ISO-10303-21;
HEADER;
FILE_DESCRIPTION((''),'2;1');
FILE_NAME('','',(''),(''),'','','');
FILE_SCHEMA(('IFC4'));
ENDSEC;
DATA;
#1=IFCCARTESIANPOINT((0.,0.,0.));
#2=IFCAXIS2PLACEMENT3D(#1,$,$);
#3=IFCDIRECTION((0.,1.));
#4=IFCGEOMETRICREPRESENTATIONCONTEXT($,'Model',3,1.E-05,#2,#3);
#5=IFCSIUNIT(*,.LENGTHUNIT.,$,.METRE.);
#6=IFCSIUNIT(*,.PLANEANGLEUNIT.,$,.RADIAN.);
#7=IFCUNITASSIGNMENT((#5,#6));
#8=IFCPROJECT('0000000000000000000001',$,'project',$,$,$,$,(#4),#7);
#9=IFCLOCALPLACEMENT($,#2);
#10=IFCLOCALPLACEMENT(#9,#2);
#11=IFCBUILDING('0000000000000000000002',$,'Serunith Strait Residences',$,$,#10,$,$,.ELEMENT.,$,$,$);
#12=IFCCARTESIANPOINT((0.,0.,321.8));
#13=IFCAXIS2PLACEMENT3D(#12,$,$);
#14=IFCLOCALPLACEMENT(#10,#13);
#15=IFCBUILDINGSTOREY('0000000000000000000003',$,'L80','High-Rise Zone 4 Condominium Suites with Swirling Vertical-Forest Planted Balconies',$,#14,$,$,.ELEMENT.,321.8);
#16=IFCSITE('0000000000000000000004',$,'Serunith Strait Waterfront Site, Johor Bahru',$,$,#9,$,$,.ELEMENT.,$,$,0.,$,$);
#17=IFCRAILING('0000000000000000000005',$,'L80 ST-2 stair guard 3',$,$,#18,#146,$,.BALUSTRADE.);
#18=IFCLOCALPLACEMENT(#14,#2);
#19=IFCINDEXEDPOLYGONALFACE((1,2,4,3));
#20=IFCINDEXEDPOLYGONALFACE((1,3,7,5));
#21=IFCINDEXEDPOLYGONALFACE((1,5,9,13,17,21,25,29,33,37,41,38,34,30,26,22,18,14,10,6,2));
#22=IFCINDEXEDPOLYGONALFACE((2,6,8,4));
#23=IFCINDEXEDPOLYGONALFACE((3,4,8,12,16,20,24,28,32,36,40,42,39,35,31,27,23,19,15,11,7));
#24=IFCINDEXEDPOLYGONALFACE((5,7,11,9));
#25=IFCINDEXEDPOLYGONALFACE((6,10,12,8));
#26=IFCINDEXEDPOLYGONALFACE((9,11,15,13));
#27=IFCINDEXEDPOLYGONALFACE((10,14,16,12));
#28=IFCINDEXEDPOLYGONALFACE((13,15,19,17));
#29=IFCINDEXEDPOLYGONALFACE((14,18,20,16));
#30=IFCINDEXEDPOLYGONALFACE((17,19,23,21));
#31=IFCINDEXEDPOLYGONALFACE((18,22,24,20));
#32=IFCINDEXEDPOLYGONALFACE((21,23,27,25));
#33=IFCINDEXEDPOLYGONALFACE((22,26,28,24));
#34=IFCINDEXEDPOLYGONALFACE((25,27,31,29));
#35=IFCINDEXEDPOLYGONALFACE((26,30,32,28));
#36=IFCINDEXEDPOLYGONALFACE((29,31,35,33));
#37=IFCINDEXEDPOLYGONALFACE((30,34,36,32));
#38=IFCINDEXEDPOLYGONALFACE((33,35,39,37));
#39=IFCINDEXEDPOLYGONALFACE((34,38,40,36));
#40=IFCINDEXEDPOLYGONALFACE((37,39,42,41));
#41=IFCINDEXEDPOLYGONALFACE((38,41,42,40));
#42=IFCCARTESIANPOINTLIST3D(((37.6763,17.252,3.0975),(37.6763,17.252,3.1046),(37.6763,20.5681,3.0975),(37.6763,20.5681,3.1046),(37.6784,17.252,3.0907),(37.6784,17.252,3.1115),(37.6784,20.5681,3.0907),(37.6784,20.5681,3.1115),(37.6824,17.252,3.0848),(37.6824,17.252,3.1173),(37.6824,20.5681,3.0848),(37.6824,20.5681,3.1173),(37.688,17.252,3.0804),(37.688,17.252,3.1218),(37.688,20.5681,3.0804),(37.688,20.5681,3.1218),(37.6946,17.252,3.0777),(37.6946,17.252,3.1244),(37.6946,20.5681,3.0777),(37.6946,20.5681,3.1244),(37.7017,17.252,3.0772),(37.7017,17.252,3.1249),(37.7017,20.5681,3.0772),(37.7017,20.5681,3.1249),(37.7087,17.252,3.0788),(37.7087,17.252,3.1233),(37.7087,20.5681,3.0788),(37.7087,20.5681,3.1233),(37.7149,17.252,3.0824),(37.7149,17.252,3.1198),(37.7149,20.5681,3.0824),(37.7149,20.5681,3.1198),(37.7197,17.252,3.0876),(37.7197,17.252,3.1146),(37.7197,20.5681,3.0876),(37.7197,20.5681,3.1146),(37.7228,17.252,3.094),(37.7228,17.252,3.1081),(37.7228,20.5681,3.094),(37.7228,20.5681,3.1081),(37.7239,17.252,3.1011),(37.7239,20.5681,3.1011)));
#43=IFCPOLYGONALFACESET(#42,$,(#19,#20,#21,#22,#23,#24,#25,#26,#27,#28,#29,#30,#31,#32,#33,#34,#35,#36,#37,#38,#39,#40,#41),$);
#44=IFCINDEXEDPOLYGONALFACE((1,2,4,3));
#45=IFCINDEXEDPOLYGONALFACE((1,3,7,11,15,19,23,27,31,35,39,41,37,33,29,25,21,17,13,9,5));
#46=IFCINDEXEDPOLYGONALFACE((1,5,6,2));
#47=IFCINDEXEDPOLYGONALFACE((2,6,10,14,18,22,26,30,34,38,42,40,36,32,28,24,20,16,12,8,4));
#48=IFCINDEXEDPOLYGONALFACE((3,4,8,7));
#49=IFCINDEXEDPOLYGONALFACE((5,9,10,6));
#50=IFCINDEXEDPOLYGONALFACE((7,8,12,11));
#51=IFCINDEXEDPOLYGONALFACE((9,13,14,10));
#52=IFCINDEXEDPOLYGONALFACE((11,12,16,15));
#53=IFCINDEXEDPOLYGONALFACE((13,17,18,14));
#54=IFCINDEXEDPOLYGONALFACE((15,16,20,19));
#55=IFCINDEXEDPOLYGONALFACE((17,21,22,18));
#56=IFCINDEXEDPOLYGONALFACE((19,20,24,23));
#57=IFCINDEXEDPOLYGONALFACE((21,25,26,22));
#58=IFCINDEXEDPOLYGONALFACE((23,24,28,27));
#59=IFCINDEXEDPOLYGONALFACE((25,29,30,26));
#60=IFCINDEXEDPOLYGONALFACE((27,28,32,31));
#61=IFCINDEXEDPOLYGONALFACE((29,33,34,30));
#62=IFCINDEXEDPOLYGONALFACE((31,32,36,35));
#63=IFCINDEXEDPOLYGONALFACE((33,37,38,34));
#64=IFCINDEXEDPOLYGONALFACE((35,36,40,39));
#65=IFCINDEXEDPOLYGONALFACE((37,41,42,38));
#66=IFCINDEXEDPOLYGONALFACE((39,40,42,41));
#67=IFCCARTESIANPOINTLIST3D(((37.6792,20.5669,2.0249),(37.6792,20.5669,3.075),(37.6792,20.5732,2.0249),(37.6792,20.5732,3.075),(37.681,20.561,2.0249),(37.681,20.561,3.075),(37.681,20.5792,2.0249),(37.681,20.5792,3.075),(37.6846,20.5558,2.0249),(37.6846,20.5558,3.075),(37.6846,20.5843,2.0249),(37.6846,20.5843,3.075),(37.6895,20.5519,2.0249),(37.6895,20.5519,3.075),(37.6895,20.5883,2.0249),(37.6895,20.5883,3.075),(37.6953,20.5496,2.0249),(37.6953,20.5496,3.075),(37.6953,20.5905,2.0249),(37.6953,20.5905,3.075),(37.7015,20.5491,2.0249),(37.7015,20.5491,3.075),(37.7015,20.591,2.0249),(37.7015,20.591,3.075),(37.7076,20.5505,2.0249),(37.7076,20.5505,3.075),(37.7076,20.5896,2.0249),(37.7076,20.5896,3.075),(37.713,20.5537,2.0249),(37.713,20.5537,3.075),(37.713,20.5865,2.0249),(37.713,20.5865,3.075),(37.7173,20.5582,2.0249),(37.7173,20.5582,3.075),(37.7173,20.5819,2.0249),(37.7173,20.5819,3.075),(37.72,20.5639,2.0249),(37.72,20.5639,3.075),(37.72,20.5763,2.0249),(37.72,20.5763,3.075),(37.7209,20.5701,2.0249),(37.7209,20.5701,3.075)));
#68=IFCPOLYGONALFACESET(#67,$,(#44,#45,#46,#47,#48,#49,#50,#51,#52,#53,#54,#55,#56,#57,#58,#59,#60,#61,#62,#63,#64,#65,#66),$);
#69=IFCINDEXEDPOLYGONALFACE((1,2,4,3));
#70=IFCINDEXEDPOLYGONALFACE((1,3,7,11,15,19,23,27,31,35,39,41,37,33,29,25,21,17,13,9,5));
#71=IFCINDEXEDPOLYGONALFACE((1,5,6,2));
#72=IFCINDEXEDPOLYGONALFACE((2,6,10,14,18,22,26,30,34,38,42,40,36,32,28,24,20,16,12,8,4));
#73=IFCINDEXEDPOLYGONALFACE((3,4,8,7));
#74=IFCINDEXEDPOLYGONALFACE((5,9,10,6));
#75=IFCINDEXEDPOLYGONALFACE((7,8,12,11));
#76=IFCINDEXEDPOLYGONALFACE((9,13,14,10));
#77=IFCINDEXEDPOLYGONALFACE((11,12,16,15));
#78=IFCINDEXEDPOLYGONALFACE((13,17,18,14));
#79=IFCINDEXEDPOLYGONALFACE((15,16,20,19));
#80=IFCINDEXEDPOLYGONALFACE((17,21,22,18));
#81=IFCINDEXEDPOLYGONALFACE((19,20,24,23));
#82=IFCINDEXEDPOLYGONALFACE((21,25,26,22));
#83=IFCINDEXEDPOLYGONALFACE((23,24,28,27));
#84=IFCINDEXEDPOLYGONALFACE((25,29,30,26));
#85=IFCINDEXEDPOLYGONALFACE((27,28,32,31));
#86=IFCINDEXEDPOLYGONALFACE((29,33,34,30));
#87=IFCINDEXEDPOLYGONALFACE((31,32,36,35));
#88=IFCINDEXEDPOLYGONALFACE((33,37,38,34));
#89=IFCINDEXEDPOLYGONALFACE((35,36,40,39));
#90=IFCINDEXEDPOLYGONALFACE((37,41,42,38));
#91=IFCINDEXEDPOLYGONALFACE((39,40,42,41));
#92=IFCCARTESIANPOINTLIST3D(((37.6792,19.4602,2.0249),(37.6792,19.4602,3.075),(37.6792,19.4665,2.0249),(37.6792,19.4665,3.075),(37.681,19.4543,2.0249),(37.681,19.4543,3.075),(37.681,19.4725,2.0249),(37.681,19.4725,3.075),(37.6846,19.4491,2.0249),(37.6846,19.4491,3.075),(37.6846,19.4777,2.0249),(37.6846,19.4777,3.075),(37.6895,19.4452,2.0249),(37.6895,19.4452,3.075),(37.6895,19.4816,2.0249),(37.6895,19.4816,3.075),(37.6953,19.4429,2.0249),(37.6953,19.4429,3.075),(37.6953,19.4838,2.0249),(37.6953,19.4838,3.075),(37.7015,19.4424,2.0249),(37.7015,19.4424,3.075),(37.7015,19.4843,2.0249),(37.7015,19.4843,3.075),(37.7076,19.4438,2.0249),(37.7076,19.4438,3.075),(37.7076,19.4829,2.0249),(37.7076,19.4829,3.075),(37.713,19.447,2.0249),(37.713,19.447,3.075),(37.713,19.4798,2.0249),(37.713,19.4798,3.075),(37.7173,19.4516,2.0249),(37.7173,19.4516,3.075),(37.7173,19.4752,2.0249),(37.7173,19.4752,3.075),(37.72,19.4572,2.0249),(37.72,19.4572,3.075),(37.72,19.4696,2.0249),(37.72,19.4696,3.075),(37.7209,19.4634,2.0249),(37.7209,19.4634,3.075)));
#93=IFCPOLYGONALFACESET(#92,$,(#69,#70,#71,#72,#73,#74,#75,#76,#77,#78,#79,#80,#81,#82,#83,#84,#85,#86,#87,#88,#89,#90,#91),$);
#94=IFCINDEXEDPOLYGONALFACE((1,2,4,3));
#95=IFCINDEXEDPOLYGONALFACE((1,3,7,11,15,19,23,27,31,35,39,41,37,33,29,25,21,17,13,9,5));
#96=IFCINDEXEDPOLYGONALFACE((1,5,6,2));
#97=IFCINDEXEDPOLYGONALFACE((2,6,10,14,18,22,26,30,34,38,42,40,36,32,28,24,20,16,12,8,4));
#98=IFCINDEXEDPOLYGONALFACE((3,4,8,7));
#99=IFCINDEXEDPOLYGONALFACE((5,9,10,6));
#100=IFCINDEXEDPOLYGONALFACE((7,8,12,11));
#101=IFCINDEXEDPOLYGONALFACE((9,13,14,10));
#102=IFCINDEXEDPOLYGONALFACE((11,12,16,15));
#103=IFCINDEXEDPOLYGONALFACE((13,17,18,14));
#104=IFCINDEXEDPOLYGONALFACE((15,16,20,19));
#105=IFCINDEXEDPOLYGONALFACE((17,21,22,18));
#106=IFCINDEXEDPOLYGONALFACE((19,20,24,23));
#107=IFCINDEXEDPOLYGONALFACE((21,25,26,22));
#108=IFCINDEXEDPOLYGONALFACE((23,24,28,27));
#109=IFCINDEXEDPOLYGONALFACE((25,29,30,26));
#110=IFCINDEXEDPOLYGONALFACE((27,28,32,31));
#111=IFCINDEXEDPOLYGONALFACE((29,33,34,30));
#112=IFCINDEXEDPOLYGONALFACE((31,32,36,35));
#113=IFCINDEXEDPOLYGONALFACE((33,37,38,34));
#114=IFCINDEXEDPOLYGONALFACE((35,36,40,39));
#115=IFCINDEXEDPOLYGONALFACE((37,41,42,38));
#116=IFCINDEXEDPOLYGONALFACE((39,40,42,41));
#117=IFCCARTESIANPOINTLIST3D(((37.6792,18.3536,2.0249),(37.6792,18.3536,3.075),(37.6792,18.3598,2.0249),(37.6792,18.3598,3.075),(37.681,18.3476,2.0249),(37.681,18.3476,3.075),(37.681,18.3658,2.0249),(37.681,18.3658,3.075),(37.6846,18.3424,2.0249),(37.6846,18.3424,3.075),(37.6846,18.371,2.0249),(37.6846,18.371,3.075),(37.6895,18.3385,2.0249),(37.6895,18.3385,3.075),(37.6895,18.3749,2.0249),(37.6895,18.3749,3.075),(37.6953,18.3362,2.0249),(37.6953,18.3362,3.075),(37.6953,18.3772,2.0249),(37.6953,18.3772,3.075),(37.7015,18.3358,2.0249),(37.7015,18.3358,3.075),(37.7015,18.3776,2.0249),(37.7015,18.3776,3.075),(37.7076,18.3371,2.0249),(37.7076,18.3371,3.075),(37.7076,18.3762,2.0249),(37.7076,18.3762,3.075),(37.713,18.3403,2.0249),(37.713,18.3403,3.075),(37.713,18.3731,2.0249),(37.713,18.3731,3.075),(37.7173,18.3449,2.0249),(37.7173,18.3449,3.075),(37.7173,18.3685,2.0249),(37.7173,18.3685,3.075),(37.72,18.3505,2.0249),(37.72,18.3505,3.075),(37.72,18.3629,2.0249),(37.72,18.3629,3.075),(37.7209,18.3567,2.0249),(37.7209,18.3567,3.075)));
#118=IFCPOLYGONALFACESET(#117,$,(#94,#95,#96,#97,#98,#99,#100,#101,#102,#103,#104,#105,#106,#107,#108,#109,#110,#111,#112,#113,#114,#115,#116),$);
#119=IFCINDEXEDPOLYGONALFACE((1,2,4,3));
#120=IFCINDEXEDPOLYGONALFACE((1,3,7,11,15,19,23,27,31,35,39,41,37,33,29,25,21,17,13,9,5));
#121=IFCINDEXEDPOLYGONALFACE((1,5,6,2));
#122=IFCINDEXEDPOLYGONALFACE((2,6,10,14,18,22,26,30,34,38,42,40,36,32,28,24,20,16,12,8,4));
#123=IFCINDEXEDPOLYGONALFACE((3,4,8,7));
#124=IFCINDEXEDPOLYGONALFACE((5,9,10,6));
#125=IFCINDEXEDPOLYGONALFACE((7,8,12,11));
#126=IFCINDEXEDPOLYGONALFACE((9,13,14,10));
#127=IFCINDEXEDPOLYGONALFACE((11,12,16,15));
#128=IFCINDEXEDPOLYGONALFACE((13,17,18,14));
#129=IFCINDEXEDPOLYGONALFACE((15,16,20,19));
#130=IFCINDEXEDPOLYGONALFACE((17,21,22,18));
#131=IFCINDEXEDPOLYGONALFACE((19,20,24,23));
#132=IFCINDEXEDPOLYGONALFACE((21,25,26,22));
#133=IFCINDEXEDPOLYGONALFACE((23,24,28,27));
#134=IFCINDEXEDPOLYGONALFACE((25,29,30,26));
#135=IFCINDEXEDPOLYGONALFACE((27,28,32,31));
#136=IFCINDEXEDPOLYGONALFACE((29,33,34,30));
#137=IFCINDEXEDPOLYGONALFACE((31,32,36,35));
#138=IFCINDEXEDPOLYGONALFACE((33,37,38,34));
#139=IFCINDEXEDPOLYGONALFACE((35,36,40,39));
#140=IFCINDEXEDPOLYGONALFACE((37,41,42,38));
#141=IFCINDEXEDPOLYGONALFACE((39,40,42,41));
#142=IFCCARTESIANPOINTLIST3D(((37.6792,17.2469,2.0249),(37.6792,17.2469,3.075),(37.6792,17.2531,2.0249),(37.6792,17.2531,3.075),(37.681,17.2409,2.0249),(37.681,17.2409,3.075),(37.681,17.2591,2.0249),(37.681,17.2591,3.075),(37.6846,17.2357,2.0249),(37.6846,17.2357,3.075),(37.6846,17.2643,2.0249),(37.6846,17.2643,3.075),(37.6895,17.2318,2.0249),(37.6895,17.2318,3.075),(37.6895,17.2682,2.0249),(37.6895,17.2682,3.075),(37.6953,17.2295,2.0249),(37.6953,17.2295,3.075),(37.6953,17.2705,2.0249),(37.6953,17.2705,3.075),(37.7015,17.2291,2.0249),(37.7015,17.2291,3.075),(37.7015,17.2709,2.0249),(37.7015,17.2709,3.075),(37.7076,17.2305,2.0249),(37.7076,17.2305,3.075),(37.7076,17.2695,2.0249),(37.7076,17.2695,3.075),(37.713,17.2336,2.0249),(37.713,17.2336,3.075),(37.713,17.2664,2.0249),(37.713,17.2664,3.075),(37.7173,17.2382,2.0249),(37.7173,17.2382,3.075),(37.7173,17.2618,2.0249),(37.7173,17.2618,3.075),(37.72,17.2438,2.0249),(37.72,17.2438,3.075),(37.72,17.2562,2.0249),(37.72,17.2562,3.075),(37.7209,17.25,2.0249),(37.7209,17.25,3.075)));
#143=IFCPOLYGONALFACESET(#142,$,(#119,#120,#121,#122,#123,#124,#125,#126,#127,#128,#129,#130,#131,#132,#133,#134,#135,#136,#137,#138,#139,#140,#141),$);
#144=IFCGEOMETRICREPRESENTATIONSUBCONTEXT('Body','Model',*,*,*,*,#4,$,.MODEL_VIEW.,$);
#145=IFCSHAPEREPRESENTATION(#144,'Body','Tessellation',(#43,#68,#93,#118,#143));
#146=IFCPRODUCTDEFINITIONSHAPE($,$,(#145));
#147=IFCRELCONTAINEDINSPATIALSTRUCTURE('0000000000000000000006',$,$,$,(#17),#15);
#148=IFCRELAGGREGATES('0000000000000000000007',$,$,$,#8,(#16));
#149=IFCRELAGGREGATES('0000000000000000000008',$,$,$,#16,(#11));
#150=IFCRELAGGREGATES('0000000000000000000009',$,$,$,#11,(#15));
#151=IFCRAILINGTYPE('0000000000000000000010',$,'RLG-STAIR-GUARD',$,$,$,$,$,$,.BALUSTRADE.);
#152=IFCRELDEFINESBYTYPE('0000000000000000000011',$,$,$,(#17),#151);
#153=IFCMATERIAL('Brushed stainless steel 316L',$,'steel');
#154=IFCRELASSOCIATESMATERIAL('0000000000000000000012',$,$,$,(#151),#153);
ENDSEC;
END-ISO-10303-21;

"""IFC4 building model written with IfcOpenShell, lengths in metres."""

from ifc_helpers import new_model, si_unit, direction, frame, origin, origin_2d, place, context, subcontext, project, spatial, circle, extrude, material, type_object, element, save


model = new_model("IFC4")

# Units and contexts
model_context = context("Model", 3, precision=1e-05, world=origin(), true_north=direction((0.0, 1.0)))
body_context = subcontext(model_context, "Body", "Model", "MODEL_VIEW")
ifc_project = project(units=[si_unit("LENGTHUNIT", "METRE"), si_unit("PLANEANGLEUNIT", "RADIAN")], contexts=[model_context])

# Site, building, storey
site_placement = place(None, origin())
site = spatial("IfcSite", under=ifc_project, at=site_placement, Name="Serunith Strait Waterfront Site, Johor Bahru", CompositionType="ELEMENT", RefElevation=0.0)
building_placement = place(site_placement, origin())
building = spatial("IfcBuilding", under=site, at=building_placement, Name="Serunith Strait Residences", CompositionType="ELEMENT")
storey_placement = place(building_placement, frame((0.0, 0.0, 321.8)))
storey = spatial("IfcBuildingStorey", under=building, at=storey_placement, Name="L80", Description="High-Rise Zone 4 Condominium Suites with Swirling Vertical-Forest Planted Balconies", CompositionType="ELEMENT", Elevation=321.8)

# Railing
ifc_material_1 = material(Name="Brushed stainless steel 316L", Category="steel")
railing_type_1 = type_object("IfcRailingType", Name="RLG-STAIR-GUARD", PredefinedType="BALUSTRADE", material=ifc_material_1)
for number, where, name in (
    (1, (37.7, 20.5701, 2.0249), "L80 ST-2 stair guard 3"),
):
    element("IfcRailing", number, at=place(storey_placement, frame(where)), inside=storey, type_object=railing_type_1, Name=name, PredefinedType="BALUSTRADE", context=body_context, shape_type="SweptSolid", body=[
        extrude(circle(Radius=0.0239, at=origin_2d()), frame((0.0, -0.002, 1.0762), z_axis=(0.0, -1.0, 0.0), x_axis=(1.0, 0.0, 0.0)), (0.0, 0.0, 1.0), 3.3162),
        extrude(circle(Radius=0.021, at=origin_2d()), origin(), (0.0, 0.0, 1.0), 1.05),
        extrude(circle(Radius=0.021, at=origin_2d()), frame((0.0, -1.1067, 0.0)), (0.0, 0.0, 1.0), 1.05),
        extrude(circle(Radius=0.021, at=origin_2d()), frame((0.0, -2.2134, 0.0)), (0.0, 0.0, 1.0), 1.05),
        extrude(circle(Radius=0.021, at=origin_2d()), frame((0.0, -3.3201, 0.0)), (0.0, 0.0, 1.0), 1.05),
    ])

save(model, "model.ifc")
